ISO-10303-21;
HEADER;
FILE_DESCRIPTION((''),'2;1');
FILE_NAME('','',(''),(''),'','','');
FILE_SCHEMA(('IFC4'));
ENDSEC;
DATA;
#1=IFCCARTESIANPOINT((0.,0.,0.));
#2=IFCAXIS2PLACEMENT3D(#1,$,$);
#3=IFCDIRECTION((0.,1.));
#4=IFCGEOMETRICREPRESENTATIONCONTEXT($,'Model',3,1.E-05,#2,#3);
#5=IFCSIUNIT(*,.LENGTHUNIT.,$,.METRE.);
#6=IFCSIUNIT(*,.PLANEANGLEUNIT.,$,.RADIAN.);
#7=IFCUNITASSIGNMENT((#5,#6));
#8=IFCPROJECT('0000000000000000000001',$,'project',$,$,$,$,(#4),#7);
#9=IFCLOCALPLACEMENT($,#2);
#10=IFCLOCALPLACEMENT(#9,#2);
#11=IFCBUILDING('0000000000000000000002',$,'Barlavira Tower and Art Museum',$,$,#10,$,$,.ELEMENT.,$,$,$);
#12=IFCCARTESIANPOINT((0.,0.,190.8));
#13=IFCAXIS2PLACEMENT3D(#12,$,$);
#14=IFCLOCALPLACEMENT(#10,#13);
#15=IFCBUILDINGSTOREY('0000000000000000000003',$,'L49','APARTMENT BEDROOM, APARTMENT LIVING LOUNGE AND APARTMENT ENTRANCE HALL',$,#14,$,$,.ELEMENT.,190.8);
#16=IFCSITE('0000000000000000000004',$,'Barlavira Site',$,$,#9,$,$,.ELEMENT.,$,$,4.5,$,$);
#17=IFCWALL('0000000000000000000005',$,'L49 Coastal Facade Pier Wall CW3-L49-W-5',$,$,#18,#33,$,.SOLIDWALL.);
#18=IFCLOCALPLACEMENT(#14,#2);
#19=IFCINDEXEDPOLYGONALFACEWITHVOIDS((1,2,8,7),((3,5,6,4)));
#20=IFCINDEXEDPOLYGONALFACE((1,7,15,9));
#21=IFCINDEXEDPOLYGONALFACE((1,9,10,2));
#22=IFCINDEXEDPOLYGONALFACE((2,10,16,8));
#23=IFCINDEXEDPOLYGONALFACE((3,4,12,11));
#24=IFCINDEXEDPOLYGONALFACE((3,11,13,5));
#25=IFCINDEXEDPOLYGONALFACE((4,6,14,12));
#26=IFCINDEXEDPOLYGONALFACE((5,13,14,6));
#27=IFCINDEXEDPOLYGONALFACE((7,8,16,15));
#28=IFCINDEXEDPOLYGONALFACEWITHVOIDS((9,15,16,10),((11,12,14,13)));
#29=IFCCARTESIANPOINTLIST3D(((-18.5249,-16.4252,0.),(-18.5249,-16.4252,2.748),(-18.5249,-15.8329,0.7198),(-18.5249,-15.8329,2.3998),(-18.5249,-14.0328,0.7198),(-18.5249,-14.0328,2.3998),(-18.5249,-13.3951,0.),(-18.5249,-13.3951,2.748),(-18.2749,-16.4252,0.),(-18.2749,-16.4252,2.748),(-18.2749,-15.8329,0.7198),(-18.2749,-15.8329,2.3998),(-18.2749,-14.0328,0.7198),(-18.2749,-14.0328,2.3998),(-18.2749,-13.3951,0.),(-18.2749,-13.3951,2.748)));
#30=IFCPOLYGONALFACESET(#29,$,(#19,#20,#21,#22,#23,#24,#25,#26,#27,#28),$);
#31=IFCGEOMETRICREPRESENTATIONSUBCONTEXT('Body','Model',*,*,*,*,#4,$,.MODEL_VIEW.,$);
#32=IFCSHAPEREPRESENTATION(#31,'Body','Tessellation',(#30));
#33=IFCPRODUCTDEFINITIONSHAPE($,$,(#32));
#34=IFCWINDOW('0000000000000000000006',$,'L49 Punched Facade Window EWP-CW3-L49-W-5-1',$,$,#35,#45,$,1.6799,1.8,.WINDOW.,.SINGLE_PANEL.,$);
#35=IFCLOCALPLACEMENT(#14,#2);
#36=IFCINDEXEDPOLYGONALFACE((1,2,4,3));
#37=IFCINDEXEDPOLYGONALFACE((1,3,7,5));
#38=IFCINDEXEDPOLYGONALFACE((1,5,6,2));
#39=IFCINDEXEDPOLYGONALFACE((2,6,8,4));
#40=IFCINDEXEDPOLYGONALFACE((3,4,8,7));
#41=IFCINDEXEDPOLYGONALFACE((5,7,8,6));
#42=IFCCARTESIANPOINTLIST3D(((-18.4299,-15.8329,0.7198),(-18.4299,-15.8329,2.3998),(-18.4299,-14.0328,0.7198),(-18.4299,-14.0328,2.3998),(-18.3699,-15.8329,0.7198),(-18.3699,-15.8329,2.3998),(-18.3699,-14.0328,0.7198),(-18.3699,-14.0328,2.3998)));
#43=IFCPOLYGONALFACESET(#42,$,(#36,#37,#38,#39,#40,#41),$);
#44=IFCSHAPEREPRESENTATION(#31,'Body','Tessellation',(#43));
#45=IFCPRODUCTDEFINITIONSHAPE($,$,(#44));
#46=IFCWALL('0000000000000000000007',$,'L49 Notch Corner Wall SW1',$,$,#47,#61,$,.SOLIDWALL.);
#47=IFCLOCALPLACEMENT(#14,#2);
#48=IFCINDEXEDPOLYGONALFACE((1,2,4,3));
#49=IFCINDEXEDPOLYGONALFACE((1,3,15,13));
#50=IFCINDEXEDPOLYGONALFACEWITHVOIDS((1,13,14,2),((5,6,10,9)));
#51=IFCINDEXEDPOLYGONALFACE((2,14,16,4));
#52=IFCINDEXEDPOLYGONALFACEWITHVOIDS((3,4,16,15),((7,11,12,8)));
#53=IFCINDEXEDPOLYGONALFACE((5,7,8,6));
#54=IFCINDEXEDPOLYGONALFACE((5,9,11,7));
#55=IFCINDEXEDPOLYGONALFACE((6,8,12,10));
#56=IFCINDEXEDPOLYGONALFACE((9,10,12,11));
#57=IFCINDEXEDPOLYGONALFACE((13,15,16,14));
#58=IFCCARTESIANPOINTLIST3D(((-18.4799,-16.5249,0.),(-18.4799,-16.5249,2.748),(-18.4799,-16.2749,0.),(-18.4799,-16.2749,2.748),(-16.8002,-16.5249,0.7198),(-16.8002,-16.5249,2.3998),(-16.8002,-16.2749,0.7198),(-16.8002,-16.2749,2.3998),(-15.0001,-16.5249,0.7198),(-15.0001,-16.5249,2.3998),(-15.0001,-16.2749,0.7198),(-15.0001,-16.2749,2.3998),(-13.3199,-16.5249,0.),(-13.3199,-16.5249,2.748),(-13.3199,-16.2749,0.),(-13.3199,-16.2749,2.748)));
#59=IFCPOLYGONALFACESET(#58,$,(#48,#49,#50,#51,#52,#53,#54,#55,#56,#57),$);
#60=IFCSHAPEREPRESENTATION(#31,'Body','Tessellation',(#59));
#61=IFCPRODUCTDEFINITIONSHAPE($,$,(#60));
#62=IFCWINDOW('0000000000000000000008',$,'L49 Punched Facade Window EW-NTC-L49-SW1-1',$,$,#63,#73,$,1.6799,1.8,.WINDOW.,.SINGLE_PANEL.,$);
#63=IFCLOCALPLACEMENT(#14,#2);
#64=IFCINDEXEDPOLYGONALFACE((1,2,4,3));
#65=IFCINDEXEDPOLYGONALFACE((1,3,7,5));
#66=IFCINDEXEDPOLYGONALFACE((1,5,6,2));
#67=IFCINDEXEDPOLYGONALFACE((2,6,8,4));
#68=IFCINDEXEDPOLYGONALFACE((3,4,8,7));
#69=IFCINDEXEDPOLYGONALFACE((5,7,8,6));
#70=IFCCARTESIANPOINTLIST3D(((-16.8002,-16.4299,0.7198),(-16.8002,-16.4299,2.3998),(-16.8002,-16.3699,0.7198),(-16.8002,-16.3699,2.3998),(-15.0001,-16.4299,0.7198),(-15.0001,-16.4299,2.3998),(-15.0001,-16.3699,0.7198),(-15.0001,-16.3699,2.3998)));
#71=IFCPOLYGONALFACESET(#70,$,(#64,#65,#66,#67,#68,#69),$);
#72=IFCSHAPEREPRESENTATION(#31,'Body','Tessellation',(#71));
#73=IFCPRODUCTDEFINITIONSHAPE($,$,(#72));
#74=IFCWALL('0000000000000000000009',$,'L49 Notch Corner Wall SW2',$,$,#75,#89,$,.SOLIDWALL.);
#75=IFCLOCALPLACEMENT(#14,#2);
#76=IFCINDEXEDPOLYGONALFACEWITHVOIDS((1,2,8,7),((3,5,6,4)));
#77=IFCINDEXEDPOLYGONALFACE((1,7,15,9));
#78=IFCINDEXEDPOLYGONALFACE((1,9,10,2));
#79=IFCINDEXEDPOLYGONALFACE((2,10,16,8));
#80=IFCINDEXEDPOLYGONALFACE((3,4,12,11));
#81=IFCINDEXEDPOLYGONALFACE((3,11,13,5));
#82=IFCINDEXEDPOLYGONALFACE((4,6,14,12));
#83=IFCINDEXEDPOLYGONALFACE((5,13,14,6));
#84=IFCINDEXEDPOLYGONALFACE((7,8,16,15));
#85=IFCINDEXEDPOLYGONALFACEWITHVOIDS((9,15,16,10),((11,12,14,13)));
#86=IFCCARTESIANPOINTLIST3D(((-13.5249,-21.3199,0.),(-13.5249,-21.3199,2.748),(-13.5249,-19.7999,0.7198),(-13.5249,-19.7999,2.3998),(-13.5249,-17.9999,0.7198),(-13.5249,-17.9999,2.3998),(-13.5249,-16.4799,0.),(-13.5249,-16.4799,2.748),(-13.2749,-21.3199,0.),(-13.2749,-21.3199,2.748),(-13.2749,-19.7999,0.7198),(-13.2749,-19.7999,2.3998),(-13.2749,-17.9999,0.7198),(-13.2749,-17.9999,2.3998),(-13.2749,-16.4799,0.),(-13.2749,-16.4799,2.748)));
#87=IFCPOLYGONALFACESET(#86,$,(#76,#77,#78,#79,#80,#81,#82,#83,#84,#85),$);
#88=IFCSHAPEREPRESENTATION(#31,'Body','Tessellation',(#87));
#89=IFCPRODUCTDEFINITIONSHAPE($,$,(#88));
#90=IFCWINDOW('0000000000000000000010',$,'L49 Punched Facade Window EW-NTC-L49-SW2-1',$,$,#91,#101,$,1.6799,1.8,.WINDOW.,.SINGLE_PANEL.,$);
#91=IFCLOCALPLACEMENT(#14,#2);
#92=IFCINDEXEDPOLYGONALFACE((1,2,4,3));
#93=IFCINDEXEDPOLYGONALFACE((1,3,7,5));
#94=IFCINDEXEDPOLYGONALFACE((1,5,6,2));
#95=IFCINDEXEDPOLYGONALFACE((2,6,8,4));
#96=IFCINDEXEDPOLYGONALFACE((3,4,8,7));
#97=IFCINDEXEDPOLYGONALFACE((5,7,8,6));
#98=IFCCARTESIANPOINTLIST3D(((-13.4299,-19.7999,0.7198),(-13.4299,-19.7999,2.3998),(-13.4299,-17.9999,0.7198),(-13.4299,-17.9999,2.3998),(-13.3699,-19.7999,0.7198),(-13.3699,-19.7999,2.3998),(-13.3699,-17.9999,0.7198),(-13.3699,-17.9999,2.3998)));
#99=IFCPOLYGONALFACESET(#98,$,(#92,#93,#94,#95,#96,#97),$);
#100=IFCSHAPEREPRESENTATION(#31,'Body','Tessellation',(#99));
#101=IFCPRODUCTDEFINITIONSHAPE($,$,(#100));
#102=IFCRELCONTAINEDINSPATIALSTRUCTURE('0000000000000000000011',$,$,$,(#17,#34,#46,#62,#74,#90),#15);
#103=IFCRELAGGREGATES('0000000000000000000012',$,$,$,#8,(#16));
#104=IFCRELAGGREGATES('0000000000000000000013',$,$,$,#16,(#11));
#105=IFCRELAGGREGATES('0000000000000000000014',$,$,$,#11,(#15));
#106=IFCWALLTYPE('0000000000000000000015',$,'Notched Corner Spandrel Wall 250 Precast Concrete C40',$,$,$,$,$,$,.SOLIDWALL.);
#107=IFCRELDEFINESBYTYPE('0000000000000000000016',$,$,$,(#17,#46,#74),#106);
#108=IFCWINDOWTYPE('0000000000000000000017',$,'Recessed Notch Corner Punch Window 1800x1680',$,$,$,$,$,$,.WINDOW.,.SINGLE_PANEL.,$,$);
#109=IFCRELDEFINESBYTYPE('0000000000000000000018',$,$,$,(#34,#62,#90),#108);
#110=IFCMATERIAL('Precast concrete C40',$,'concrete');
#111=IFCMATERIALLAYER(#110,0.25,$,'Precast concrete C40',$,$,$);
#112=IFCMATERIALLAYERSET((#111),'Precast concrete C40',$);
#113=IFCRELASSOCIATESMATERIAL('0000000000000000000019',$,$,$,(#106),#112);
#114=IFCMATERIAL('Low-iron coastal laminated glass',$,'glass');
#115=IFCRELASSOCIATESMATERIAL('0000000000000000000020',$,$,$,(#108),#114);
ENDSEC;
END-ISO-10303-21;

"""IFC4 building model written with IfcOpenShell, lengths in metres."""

from ifc_helpers import new_model, si_unit, direction, frame, frame_2d, origin, place, context, subcontext, project, spatial, rectangle, extrude, material, layer, layer_set, type_object, element, fill, save


model = new_model("IFC4")

# Units and contexts
model_context = context("Model", 3, precision=1e-05, world=origin(), true_north=direction((0.0, 1.0)))
body_context = subcontext(model_context, "Body", "Model", "MODEL_VIEW")
ifc_project = project(units=[si_unit("LENGTHUNIT", "METRE"), si_unit("PLANEANGLEUNIT", "RADIAN")], contexts=[model_context])

# Site, building, storey
site_placement = place(None, origin())
site = spatial("IfcSite", under=ifc_project, at=site_placement, Name="Barlavira Site", CompositionType="ELEMENT", RefElevation=4.5)
building_placement = place(site_placement, origin())
building = spatial("IfcBuilding", under=site, at=building_placement, Name="Barlavira Tower and Art Museum", CompositionType="ELEMENT")
storey_placement = place(building_placement, frame((0.0, 0.0, 190.8)))
storey = spatial("IfcBuildingStorey", under=building, at=storey_placement, Name="L49", Description="APARTMENT BEDROOM, APARTMENT LIVING LOUNGE AND APARTMENT ENTRANCE HALL", CompositionType="ELEMENT", Elevation=190.8)

# Shared definitions
ifc_material_1 = material(Name="Precast concrete C40", Category="concrete")
ifc_layer_1 = layer(ifc_material_1, 0.25, Name="Precast concrete C40")
ifc_layer_set_1 = layer_set([ifc_layer_1], Name="Precast concrete C40")
wall_type_1 = type_object("IfcWallType", Name="Notched Corner Spandrel Wall 250 Precast Concrete C40", PredefinedType="SOLIDWALL", material=ifc_layer_set_1)
ifc_material_2 = material(Name="Low-iron coastal laminated glass", Category="glass")

# Walls, openings, windows
wall_1_placement = place(storey_placement, frame((-18.3999, -13.395, 0.0), z_axis=(0.0, 0.0, 1.0), x_axis=(0.0, -1.0, 0.0)))
wall_1 = element("IfcWall", 1, at=wall_1_placement, inside=storey, type_object=wall_type_1, Name="L49 Coastal Facade Pier Wall CW3-L49-W-5", PredefinedType="SOLIDWALL", context=body_context, shape_type="SweptSolid", body=[
    extrude(rectangle(XDim=3.03, YDim=0.25, at=frame_2d((1.5151, 0.0))), origin(), (0.0, 0.0, 1.0), 2.748),
])
opening_1_placement = place(wall_1_placement, frame((0.6379, 0.0, 0.72)))
opening_1 = element("IfcOpeningElement", 2, at=opening_1_placement, cuts=wall_1, PredefinedType="OPENING", context=body_context, shape_type="SweptSolid", body=[
    extrude(rectangle(XDim=1.8, YDim=1.6799, at=frame_2d((0.8999, 0.8398))), frame((0.0, 0.135, 0.0), z_axis=(0.0, -1.0, 0.0), x_axis=(1.0, 0.0, 0.0)), (0.0, 0.0, 1.0), 0.27),
])
window_type_1 = type_object("IfcWindowType", Name="Recessed Notch Corner Punch Window 1800x1680", PartitioningType="SINGLE_PANEL", PredefinedType="WINDOW", material=ifc_material_2)
window_1_placement = place(opening_1_placement, origin())
window_1 = element("IfcWindow", 3, at=window_1_placement, inside=storey, type_object=window_type_1, Name="L49 Punched Facade Window EWP-CW3-L49-W-5-1", OverallHeight=1.6799, OverallWidth=1.8, PartitioningType="SINGLE_PANEL", PredefinedType="WINDOW", context=body_context, shape_type="SweptSolid", body=[
    extrude(rectangle(XDim=1.8, YDim=1.6799, at=frame_2d((0.8999, 0.8398))), frame((0.0, 0.03, 0.0), z_axis=(0.0, -1.0, 0.0), x_axis=(1.0, 0.0, 0.0)), (0.0, 0.0, 1.0), 0.0601),
])
fill(opening_1, window_1)
wall_2_placement = place(storey_placement, frame((-18.48, -16.3999, 0.0), z_axis=(0.0, 0.0, 1.0), x_axis=(1.0, 0.0, 0.0)))
wall_2 = element("IfcWall", 4, at=wall_2_placement, inside=storey, type_object=wall_type_1, Name="L49 Notch Corner Wall SW1", PredefinedType="SOLIDWALL", context=body_context, shape_type="SweptSolid", body=[
    extrude(rectangle(XDim=5.1599, YDim=0.25, at=frame_2d((2.5801, 0.0))), origin(), (0.0, 0.0, 1.0), 2.748),
])
opening_2_placement = place(wall_2_placement, frame((1.6799, 0.0, 0.72)))
opening_2 = element("IfcOpeningElement", 5, at=opening_2_placement, cuts=wall_2, PredefinedType="OPENING", context=body_context, shape_type="SweptSolid", body=[
    extrude(rectangle(XDim=1.8, YDim=1.6799, at=frame_2d((0.8999, 0.8398))), frame((0.0, 0.135, 0.0), z_axis=(0.0, -1.0, 0.0), x_axis=(1.0, 0.0, 0.0)), (0.0, 0.0, 1.0), 0.27),
])
window_2_placement = place(opening_2_placement, origin())
window_2 = element("IfcWindow", 6, at=window_2_placement, inside=storey, type_object=window_type_1, Name="L49 Punched Facade Window EW-NTC-L49-SW1-1", OverallHeight=1.6799, OverallWidth=1.8, PartitioningType="SINGLE_PANEL", PredefinedType="WINDOW", context=body_context, shape_type="SweptSolid", body=[
    extrude(rectangle(XDim=1.8, YDim=1.6799, at=frame_2d((0.8999, 0.8398))), frame((0.0, 0.03, 0.0), z_axis=(0.0, -1.0, 0.0), x_axis=(1.0, 0.0, 0.0)), (0.0, 0.0, 1.0), 0.0601),
])
fill(opening_2, window_2)
wall_3_placement = place(storey_placement, frame((-13.3999, -16.48, 0.0), z_axis=(0.0, 0.0, 1.0), x_axis=(0.0, -1.0, 0.0)))
wall_3 = element("IfcWall", 7, at=wall_3_placement, inside=storey, type_object=wall_type_1, Name="L49 Notch Corner Wall SW2", PredefinedType="SOLIDWALL", context=body_context, shape_type="SweptSolid", body=[
    extrude(rectangle(XDim=4.8401, YDim=0.25, at=frame_2d((2.4199, 0.0))), origin(), (0.0, 0.0, 1.0), 2.748),
])
opening_3_placement = place(wall_3_placement, frame((1.52, 0.0, 0.72)))
opening_3 = element("IfcOpeningElement", 8, at=opening_3_placement, cuts=wall_3, PredefinedType="OPENING", context=body_context, shape_type="SweptSolid", body=[
    extrude(rectangle(XDim=1.8, YDim=1.6799, at=frame_2d((0.8999, 0.8398))), frame((0.0, 0.135, 0.0), z_axis=(0.0, -1.0, 0.0), x_axis=(1.0, 0.0, 0.0)), (0.0, 0.0, 1.0), 0.27),
])
window_3_placement = place(opening_3_placement, origin())
window_3 = element("IfcWindow", 9, at=window_3_placement, inside=storey, type_object=window_type_1, Name="L49 Punched Facade Window EW-NTC-L49-SW2-1", OverallHeight=1.6799, OverallWidth=1.8, PartitioningType="SINGLE_PANEL", PredefinedType="WINDOW", context=body_context, shape_type="SweptSolid", body=[
    extrude(rectangle(XDim=1.8, YDim=1.6799, at=frame_2d((0.8999, 0.8398))), frame((0.0, 0.03, 0.0), z_axis=(0.0, -1.0, 0.0), x_axis=(1.0, 0.0, 0.0)), (0.0, 0.0, 1.0), 0.0601),
])
fill(opening_3, window_3)

save(model, "model.ifc")
